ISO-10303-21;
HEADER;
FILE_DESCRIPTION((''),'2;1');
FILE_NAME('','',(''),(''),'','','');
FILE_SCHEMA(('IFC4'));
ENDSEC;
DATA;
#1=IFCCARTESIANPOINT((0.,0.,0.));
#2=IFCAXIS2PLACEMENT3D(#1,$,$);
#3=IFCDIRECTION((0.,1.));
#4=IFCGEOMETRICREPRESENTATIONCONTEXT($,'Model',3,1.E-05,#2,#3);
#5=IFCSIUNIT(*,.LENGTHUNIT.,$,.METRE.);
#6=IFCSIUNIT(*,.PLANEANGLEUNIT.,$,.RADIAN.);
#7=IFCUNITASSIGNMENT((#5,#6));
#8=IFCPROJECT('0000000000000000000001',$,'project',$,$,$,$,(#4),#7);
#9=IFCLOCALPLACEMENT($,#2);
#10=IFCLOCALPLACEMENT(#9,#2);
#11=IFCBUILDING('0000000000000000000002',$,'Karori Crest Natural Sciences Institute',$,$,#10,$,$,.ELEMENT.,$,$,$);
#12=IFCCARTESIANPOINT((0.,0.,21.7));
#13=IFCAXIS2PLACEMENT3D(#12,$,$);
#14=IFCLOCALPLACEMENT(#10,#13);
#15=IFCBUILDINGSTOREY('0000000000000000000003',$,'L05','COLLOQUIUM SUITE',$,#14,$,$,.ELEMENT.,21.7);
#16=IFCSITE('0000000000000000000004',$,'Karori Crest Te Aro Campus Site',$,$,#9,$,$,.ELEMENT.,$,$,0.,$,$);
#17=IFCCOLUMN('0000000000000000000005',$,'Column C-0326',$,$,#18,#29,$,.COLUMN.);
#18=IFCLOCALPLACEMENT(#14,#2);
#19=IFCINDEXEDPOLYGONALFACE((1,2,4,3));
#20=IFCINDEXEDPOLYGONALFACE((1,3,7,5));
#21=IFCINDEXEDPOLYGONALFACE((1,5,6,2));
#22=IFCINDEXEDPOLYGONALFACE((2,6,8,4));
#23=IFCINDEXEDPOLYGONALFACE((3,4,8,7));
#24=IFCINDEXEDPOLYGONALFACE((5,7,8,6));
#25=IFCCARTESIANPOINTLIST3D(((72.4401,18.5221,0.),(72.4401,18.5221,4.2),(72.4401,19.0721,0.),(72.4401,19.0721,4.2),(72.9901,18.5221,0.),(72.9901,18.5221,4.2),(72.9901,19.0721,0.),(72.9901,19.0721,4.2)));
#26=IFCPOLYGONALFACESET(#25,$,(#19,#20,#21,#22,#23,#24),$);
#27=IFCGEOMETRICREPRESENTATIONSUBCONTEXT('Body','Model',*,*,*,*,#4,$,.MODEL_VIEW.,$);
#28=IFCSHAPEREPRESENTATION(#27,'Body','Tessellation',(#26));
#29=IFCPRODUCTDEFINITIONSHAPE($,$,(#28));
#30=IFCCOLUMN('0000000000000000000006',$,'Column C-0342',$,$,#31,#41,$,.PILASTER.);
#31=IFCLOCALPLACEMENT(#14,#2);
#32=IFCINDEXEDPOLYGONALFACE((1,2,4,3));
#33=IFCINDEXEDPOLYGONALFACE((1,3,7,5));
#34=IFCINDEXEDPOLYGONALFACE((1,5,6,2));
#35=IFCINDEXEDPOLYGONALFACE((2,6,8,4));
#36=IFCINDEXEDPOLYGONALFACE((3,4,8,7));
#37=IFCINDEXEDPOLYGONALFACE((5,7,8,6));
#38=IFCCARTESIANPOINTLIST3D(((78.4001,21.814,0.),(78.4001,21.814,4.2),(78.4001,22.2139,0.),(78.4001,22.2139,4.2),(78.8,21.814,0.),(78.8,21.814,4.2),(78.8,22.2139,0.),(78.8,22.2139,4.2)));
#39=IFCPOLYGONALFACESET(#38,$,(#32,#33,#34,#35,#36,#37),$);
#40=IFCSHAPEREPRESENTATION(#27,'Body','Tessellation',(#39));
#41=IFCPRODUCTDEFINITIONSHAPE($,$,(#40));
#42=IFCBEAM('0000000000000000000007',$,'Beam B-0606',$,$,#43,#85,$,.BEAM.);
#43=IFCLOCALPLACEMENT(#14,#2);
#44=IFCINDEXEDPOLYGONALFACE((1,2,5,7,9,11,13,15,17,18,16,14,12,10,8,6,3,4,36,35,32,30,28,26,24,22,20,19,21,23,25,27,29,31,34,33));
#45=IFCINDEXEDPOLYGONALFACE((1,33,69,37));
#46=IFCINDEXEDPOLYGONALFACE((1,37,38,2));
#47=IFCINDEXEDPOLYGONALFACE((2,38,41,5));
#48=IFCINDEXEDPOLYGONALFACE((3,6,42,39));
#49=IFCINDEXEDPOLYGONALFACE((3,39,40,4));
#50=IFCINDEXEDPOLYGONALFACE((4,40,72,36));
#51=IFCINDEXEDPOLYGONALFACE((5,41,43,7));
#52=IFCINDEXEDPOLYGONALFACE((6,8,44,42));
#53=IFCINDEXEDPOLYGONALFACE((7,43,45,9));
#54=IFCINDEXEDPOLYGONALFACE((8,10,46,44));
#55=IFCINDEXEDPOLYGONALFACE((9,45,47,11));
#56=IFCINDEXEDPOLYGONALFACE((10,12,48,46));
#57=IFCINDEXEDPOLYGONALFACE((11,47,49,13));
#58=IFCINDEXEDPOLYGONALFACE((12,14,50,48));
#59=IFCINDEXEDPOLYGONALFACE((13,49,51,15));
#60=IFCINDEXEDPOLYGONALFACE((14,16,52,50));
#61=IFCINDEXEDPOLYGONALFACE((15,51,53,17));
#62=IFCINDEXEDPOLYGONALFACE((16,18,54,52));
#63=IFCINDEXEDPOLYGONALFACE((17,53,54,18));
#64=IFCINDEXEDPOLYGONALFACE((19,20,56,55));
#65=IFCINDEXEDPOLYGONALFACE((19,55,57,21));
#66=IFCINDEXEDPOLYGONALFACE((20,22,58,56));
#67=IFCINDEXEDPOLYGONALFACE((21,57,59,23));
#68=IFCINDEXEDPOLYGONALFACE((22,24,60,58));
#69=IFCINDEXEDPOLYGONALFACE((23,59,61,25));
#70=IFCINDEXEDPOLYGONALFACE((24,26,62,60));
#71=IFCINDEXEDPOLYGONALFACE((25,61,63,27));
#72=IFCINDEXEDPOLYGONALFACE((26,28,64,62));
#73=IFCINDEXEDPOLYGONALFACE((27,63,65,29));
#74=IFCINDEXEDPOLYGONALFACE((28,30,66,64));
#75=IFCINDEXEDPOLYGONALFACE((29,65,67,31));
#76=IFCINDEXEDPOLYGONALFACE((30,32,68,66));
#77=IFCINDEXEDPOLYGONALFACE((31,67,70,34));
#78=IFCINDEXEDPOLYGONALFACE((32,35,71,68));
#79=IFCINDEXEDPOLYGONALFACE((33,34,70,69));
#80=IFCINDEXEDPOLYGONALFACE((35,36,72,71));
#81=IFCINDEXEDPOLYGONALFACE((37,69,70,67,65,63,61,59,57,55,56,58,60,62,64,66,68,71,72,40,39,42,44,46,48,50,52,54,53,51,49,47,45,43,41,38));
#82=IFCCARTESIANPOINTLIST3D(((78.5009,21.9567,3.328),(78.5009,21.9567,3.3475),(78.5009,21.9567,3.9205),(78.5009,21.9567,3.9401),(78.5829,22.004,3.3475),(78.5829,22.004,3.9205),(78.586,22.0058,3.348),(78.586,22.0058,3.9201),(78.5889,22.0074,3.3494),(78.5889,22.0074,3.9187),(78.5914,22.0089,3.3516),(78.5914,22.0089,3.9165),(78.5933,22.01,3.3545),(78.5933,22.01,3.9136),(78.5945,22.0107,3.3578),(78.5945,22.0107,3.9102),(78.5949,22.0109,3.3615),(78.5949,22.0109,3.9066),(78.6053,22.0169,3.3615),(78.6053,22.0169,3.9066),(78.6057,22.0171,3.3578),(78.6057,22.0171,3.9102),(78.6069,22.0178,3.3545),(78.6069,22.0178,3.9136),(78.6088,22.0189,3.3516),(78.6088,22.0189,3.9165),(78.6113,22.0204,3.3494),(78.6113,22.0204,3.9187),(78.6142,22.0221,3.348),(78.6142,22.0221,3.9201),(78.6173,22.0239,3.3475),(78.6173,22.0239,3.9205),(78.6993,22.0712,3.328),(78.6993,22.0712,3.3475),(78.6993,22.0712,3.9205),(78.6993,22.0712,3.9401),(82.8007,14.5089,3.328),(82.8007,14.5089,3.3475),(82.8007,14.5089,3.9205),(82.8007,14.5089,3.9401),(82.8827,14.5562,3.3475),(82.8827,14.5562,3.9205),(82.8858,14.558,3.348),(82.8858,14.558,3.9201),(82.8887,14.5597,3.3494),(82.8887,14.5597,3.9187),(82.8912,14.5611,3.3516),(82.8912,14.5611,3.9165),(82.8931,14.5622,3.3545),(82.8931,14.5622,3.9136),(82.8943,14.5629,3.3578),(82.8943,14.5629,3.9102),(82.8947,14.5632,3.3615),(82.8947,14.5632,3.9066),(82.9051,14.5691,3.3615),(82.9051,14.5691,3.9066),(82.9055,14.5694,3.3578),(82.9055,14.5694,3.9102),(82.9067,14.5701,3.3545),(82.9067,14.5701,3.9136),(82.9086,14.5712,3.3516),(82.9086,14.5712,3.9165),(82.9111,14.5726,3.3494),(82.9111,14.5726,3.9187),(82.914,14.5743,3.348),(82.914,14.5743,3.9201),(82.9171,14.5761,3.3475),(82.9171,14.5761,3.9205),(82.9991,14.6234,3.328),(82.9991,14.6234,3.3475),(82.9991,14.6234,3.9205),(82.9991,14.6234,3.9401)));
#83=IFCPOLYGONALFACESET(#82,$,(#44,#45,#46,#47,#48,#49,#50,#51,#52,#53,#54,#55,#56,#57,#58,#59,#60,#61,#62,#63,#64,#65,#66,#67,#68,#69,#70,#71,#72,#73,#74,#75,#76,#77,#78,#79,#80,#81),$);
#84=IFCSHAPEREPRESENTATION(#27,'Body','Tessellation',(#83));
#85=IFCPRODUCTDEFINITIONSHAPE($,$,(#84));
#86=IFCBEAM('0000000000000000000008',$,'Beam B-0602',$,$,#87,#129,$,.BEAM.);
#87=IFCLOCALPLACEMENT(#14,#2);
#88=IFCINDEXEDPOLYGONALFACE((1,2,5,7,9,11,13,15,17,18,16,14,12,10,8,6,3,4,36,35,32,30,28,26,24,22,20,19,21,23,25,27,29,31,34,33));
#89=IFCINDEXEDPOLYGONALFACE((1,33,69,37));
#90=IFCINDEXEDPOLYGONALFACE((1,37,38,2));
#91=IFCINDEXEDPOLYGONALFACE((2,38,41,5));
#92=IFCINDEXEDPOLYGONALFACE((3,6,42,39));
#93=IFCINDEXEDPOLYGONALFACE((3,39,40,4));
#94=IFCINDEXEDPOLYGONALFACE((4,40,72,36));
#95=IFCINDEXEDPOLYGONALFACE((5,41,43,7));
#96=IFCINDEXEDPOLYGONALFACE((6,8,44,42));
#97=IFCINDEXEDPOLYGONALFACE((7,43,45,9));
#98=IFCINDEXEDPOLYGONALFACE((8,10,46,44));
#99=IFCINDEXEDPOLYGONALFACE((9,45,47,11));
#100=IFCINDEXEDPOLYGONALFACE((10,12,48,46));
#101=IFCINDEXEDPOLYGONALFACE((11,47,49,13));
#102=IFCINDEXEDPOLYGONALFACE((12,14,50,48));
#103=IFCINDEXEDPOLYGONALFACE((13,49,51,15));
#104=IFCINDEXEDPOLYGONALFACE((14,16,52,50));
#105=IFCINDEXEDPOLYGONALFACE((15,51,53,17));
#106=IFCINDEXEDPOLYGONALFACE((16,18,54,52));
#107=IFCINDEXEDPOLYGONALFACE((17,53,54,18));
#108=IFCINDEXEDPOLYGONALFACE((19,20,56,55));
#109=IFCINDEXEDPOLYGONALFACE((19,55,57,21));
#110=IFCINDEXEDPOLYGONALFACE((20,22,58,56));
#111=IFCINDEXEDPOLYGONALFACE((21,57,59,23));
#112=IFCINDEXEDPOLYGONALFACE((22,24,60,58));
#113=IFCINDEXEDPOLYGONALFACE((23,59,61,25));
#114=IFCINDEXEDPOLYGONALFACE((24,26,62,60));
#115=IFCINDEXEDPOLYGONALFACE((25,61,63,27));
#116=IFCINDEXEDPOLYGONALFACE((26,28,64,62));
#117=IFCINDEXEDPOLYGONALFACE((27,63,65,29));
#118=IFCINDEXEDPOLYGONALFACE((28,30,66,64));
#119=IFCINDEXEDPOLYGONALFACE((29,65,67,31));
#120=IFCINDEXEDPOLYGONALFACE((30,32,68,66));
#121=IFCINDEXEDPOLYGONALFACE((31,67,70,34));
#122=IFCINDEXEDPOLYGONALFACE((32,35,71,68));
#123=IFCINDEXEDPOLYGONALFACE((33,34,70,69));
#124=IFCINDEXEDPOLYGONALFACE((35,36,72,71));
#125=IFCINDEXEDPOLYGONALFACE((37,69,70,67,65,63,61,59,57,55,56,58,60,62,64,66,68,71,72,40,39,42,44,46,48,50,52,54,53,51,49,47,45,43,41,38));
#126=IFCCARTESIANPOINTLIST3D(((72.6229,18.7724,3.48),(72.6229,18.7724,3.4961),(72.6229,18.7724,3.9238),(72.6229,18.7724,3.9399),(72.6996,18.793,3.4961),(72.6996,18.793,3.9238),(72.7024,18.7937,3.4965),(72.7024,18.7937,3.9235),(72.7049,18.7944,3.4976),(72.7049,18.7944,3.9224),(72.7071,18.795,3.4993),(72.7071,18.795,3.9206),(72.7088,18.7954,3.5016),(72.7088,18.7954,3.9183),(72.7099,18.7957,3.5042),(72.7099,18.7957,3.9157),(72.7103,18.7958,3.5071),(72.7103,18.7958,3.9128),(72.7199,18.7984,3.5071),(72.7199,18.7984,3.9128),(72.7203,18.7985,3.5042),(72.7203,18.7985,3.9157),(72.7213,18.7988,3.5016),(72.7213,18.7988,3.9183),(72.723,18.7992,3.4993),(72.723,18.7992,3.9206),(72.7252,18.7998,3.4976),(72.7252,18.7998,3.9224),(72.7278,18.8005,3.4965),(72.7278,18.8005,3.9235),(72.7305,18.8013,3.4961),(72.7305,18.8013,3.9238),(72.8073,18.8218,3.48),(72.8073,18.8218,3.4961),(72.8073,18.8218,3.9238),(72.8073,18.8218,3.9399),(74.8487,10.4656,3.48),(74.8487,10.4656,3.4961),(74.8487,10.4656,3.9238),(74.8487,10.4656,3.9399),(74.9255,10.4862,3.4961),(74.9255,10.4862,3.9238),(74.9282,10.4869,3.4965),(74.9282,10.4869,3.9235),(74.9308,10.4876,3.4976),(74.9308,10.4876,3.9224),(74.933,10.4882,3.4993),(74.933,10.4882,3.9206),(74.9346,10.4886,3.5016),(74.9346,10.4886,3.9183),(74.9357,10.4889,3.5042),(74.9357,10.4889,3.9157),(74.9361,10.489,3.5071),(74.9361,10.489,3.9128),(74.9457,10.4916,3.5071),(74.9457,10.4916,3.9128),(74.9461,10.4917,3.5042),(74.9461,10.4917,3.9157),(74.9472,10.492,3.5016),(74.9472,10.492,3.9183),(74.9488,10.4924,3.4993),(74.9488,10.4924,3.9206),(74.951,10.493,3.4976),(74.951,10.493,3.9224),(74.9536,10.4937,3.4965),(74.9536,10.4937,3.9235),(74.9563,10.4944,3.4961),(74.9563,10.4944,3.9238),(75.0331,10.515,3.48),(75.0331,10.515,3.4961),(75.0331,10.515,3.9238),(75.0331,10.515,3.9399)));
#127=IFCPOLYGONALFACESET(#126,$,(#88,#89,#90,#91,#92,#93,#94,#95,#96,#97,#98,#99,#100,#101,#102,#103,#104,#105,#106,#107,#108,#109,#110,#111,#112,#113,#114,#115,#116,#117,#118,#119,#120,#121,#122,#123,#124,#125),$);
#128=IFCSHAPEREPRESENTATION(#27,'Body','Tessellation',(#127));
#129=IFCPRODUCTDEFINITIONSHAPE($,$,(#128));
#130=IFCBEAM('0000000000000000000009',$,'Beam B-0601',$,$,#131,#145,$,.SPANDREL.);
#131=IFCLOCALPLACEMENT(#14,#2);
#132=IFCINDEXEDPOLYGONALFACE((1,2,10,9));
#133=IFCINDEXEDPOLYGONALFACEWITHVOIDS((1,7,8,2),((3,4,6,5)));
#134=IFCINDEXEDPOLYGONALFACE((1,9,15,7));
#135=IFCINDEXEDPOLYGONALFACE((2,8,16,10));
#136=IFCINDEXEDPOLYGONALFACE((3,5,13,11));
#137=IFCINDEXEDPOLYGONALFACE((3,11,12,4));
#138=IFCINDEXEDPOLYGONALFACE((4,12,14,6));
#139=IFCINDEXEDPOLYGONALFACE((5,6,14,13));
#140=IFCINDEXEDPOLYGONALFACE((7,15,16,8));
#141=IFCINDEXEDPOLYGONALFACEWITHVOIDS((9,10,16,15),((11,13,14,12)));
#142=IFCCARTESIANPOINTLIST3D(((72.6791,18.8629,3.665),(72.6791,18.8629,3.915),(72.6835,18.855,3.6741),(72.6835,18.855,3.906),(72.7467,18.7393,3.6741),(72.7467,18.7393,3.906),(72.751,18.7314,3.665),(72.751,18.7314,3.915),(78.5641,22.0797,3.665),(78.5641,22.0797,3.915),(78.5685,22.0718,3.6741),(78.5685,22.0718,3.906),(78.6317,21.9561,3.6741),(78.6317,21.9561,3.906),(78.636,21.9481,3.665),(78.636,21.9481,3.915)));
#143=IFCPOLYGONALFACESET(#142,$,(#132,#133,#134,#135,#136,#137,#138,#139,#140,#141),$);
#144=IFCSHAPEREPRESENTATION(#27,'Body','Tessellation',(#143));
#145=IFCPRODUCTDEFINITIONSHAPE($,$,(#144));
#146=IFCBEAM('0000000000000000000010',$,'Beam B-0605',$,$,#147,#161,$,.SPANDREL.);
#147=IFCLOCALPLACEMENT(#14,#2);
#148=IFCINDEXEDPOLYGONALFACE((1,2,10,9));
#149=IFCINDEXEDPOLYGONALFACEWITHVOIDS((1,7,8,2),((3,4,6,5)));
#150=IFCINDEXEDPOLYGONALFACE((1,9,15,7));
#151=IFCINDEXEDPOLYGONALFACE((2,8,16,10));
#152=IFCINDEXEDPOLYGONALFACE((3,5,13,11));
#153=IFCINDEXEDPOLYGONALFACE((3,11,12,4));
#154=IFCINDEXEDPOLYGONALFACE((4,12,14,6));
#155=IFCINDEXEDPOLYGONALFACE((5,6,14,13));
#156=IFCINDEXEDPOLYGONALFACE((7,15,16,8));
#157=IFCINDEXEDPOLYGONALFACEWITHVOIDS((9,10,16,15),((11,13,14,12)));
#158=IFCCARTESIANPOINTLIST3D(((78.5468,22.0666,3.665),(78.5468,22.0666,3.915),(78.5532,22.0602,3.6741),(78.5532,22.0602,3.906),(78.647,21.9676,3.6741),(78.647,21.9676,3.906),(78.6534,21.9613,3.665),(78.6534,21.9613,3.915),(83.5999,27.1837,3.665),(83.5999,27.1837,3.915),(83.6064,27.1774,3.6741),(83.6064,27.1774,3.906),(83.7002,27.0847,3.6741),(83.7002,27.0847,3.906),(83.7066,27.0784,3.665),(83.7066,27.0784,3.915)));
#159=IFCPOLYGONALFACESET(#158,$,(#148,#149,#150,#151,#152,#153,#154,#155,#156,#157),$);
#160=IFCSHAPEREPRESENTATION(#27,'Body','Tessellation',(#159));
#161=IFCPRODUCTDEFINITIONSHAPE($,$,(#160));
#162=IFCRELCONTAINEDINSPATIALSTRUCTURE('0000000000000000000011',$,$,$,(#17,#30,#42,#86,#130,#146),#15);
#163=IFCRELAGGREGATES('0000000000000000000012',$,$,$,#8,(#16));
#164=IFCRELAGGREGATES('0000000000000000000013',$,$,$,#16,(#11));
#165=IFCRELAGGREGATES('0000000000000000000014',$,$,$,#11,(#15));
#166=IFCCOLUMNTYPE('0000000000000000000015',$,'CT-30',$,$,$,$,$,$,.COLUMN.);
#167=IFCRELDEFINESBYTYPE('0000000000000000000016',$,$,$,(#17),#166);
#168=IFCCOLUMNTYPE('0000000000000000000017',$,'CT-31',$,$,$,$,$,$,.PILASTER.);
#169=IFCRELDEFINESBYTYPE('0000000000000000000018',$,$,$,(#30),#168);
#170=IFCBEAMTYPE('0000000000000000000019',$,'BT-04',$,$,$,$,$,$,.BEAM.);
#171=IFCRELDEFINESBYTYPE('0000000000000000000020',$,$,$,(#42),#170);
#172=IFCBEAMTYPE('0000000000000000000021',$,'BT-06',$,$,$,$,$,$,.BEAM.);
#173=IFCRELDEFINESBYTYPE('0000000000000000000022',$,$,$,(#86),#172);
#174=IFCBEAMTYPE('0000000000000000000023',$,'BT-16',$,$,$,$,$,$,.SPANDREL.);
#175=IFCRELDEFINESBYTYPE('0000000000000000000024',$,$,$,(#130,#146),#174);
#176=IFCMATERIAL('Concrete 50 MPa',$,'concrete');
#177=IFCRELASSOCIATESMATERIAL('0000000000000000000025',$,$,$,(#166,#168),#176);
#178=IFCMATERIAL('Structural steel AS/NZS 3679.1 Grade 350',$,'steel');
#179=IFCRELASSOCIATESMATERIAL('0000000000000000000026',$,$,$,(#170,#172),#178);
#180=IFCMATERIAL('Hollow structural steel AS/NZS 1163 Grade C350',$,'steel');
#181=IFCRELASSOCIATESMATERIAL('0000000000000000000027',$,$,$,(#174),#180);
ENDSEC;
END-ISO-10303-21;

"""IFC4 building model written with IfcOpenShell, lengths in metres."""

from ifc_helpers import new_model, si_unit, direction, frame, origin, origin_2d, place, context, subcontext, project, spatial, rectangle, hollow_rectangle, i_section, extrude, material, material_profile, profile_set, type_object, element, save


model = new_model("IFC4")

# Units and contexts
model_context = context("Model", 3, precision=1e-05, world=origin(), true_north=direction((0.0, 1.0)))
body_context = subcontext(model_context, "Body", "Model", "MODEL_VIEW")
ifc_project = project(units=[si_unit("LENGTHUNIT", "METRE"), si_unit("PLANEANGLEUNIT", "RADIAN")], contexts=[model_context])

# Site, building, storey
site_placement = place(None, origin())
site = spatial("IfcSite", under=ifc_project, at=site_placement, Name="Karori Crest Te Aro Campus Site", CompositionType="ELEMENT", RefElevation=0.0)
building_placement = place(site_placement, origin())
building = spatial("IfcBuilding", under=site, at=building_placement, Name="Karori Crest Natural Sciences Institute", CompositionType="ELEMENT")
storey_placement = place(building_placement, frame((0.0, 0.0, 21.7)))
storey = spatial("IfcBuildingStorey", under=building, at=storey_placement, Name="L05", Description="COLLOQUIUM SUITE", CompositionType="ELEMENT", Elevation=21.7)

# Columns
ifc_material_1 = material(Name="Concrete 50 MPa", Category="concrete")
ifc_material_profile_1 = material_profile(ifc_material_1, rectangle(XDim=0.55, YDim=0.55, at=origin_2d()), Name="RC550x550")
ifc_profile_set_1 = profile_set([ifc_material_profile_1], Name="Concrete 50 MPa")
column_type_1 = type_object("IfcColumnType", Name="CT-30", PredefinedType="COLUMN", material=ifc_profile_set_1)
column_1_placement = place(storey_placement, frame((72.7151, 18.7971, 0.0), z_axis=(0.0, 0.0, 1.0), x_axis=(1.0, 0.0, 0.0)))
element("IfcColumn", 1, at=column_1_placement, inside=storey, type_object=column_type_1, Name="Column C-0326", PredefinedType="COLUMN", context=body_context, shape_type="SweptSolid", body=[
    extrude(rectangle(XDim=0.55, YDim=0.55, at=origin_2d()), origin(), (0.0, 0.0, 1.0), 4.2),
])
ifc_material_profile_2 = material_profile(ifc_material_1, rectangle(XDim=0.3999, YDim=0.3999, at=origin_2d()), Name="RC400x400")
ifc_profile_set_2 = profile_set([ifc_material_profile_2], Name="Concrete 50 MPa")
column_type_2 = type_object("IfcColumnType", Name="CT-31", PredefinedType="PILASTER", material=ifc_profile_set_2)
column_2_placement = place(storey_placement, frame((78.6001, 22.0139, 0.0), z_axis=(0.0, 0.0, 1.0), x_axis=(1.0, 0.0, 0.0)))
element("IfcColumn", 2, at=column_2_placement, inside=storey, type_object=column_type_2, Name="Column C-0342", PredefinedType="PILASTER", context=body_context, shape_type="SweptSolid", body=[
    extrude(rectangle(XDim=0.3999, YDim=0.3999, at=origin_2d()), origin(), (0.0, 0.0, 1.0), 4.2),
])

# Beams
ifc_material_2 = material(Name="Structural steel AS/NZS 3679.1 Grade 350", Category="steel")
ifc_material_profile_3 = material_profile(ifc_material_2, i_section(OverallWidth=0.229, OverallDepth=0.6121, WebThickness=0.012, FlangeThickness=0.0195, FilletRadius=0.0139, at=origin_2d()), Name="610UB125")
ifc_profile_set_3 = profile_set([ifc_material_profile_3], Name="Structural steel AS/NZS 3679.1 Grade 350")
beam_type_1 = type_object("IfcBeamType", Name="BT-04", PredefinedType="BEAM", material=ifc_profile_set_3)
beam_1_placement = place(storey_placement, frame((78.6001, 22.0139, 3.634), z_axis=(0.499986, -0.866033, 0.0), x_axis=(0.866033, 0.499986, 0.0)))
element("IfcBeam", 3, at=beam_1_placement, inside=storey, type_object=beam_type_1, Name="Beam B-0606", PredefinedType="BEAM", context=body_context, shape_type="SweptSolid", body=[
    extrude(i_section(OverallWidth=0.229, OverallDepth=0.6121, WebThickness=0.012, FlangeThickness=0.0195, FilletRadius=0.0139, at=origin_2d()), origin(), (0.0, 0.0, 1.0), 8.5999),
])
ifc_material_profile_4 = material_profile(ifc_material_2, i_section(OverallWidth=0.1909, OverallDepth=0.46, WebThickness=0.01, FlangeThickness=0.0161, FilletRadius=0.011, at=origin_2d()), Name="460UB82.1")
ifc_profile_set_4 = profile_set([ifc_material_profile_4], Name="Structural steel AS/NZS 3679.1 Grade 350")
beam_type_2 = type_object("IfcBeamType", Name="BT-06", PredefinedType="BEAM", material=ifc_profile_set_4)
beam_2_placement = place(storey_placement, frame((72.7151, 18.7971, 3.71), z_axis=(0.25882, -0.965926, 0.0), x_axis=(0.965926, 0.25882, 0.0)))
element("IfcBeam", 4, at=beam_2_placement, inside=storey, type_object=beam_type_2, Name="Beam B-0602", PredefinedType="BEAM", context=body_context, shape_type="SweptSolid", body=[
    extrude(i_section(OverallWidth=0.1909, OverallDepth=0.46, WebThickness=0.01, FlangeThickness=0.0161, FilletRadius=0.011, at=origin_2d()), origin(), (0.0, 0.0, 1.0), 8.5999),
])
ifc_material_3 = material(Name="Hollow structural steel AS/NZS 1163 Grade C350", Category="steel")
ifc_material_profile_5 = material_profile(ifc_material_3, hollow_rectangle(XDim=0.1499, YDim=0.25, WallThickness=0.009, at=origin_2d()), Name="RHS250x150x9")
ifc_profile_set_5 = profile_set([ifc_material_profile_5], Name="Hollow structural steel AS/NZS 1163 Grade C350")
beam_type_3 = type_object("IfcBeamType", Name="BT-16", PredefinedType="SPANDREL", material=ifc_profile_set_5)
beam_3_placement = place(storey_placement, frame((72.7151, 18.7971, 3.79), z_axis=(0.87747, 0.479632, 0.0), x_axis=(-0.479632, 0.87747, 0.0)))
element("IfcBeam", 5, at=beam_3_placement, inside=storey, type_object=beam_type_3, Name="Beam B-0601", PredefinedType="SPANDREL", context=body_context, shape_type="SweptSolid", body=[
    extrude(hollow_rectangle(XDim=0.1499, YDim=0.25, WallThickness=0.009, at=origin_2d()), origin(), (0.0, 0.0, 1.0), 6.7068),
])
beam_4_placement = place(storey_placement, frame((78.6001, 22.0139, 3.79), z_axis=(0.702646, 0.71154, 0.0), x_axis=(-0.71154, 0.702646, 0.0)))
element("IfcBeam", 6, at=beam_4_placement, inside=storey, type_object=beam_type_3, Name="Beam B-0605", PredefinedType="SPANDREL", context=body_context, shape_type="SweptSolid", body=[
    extrude(hollow_rectangle(XDim=0.1499, YDim=0.25, WallThickness=0.009, at=origin_2d()), origin(), (0.0, 0.0, 1.0), 7.1917),
])

save(model, "model.ifc")
